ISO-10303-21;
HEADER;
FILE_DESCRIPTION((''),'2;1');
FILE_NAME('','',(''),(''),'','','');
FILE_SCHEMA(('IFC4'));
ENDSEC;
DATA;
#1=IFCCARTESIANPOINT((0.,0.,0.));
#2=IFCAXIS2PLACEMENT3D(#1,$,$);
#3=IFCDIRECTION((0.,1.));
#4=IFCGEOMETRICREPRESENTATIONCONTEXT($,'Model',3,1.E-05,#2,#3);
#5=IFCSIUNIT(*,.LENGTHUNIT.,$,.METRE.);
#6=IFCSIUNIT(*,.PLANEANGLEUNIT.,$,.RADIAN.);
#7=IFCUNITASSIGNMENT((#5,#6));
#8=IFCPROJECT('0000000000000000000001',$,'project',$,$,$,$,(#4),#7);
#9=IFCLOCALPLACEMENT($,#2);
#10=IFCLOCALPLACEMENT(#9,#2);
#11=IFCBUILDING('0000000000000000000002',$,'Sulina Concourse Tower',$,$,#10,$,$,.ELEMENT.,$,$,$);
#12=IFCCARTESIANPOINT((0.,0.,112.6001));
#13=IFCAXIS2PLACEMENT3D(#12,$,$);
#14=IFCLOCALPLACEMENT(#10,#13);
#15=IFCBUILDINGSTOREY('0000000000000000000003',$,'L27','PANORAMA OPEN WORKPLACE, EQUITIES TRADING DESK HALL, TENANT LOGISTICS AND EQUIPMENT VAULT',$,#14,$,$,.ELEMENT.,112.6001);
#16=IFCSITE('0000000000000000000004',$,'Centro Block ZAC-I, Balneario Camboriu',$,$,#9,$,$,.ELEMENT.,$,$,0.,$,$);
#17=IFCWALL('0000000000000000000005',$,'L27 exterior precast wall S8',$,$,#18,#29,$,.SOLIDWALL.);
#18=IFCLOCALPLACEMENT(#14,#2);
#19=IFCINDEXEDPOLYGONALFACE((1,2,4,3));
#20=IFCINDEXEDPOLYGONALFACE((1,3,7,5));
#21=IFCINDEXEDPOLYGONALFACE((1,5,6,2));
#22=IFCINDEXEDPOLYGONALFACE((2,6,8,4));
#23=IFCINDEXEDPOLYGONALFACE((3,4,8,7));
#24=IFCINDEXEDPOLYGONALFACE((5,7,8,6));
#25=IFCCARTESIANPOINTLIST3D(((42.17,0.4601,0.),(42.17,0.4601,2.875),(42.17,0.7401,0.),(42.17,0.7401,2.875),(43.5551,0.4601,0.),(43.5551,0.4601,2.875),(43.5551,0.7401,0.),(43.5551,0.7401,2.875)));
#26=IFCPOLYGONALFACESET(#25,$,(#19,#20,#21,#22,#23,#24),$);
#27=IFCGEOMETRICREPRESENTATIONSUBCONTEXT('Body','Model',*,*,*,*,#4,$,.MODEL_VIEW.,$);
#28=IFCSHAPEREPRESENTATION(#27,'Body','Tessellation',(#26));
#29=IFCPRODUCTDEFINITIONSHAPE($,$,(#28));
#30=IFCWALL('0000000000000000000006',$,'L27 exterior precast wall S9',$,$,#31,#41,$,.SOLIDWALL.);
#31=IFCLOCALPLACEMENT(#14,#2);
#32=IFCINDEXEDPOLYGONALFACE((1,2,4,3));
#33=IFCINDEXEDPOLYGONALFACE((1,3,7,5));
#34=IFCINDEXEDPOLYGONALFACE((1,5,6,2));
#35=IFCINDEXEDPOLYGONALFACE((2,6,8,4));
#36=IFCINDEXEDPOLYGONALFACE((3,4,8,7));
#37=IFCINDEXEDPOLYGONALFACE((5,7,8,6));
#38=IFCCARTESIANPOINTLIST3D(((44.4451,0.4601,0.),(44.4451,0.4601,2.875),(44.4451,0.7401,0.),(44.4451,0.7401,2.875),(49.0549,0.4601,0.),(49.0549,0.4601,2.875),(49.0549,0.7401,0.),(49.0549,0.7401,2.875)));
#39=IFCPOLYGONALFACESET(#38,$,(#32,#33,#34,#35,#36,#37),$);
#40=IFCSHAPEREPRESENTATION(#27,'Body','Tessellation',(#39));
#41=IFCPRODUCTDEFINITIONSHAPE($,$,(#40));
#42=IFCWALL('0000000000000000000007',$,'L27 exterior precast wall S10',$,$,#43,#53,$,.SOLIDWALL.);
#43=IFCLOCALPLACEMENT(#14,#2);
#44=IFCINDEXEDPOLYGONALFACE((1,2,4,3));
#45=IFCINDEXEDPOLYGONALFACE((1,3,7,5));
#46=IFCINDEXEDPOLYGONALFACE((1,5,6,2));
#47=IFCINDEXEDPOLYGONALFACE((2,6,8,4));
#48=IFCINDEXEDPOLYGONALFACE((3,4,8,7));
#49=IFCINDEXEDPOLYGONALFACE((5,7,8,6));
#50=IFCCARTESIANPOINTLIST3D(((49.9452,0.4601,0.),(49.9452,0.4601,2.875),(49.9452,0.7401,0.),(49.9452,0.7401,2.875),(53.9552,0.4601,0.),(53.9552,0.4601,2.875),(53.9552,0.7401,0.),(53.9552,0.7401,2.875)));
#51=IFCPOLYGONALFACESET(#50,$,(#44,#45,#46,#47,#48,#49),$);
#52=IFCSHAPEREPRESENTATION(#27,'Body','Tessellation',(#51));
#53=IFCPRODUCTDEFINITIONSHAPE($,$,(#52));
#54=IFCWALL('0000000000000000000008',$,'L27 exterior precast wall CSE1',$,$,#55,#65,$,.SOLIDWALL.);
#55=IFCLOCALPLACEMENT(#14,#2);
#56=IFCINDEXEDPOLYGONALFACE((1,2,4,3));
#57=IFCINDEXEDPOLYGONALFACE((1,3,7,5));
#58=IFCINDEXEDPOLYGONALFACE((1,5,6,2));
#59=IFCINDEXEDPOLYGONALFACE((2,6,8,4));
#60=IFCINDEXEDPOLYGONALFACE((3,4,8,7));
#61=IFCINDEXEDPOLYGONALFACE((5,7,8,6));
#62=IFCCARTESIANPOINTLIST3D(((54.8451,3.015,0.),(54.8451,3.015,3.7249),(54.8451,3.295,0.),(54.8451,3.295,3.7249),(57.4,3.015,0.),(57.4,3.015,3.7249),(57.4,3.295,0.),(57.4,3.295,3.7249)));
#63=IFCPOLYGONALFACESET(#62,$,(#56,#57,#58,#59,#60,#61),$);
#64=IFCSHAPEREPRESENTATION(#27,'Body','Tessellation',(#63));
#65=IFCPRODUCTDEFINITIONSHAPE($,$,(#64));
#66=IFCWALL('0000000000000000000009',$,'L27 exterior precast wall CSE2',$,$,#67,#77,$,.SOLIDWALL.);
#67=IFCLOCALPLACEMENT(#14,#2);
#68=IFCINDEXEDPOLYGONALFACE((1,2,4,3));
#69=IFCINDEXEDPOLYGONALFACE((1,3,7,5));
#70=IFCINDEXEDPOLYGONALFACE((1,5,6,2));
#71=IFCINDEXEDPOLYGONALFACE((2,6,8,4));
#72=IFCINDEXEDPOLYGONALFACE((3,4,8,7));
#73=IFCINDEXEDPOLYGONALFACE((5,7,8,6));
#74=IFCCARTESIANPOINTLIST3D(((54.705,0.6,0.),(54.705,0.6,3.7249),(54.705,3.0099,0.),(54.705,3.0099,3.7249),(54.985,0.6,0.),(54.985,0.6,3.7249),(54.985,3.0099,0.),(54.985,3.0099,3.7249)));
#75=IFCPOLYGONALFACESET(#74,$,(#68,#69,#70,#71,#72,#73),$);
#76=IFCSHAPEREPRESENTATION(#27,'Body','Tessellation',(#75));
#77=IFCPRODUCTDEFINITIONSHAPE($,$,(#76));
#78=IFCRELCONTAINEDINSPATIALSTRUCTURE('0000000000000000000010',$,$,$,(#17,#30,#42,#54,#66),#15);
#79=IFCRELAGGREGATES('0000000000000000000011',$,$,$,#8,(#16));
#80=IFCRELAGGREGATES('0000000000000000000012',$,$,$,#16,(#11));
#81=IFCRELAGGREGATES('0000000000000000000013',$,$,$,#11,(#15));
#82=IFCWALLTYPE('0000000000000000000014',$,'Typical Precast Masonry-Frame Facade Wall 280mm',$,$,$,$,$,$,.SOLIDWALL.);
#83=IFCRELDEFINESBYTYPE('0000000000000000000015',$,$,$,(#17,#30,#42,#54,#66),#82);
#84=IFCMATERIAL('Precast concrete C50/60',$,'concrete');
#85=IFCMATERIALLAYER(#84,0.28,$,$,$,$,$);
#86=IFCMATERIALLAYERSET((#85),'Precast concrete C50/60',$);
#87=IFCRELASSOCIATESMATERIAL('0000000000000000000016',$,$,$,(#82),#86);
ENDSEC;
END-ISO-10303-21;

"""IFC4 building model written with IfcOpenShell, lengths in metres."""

from ifc_helpers import new_model, si_unit, direction, frame, frame_2d, origin, place, context, subcontext, project, spatial, rectangle, extrude, material, layer, layer_set, type_object, element, save


model = new_model("IFC4")

# Units and contexts
model_context = context("Model", 3, precision=1e-05, world=origin(), true_north=direction((0.0, 1.0)))
body_context = subcontext(model_context, "Body", "Model", "MODEL_VIEW")
ifc_project = project(units=[si_unit("LENGTHUNIT", "METRE"), si_unit("PLANEANGLEUNIT", "RADIAN")], contexts=[model_context])

# Site, building, storey
site_placement = place(None, origin())
site = spatial("IfcSite", under=ifc_project, at=site_placement, Name="Centro Block ZAC-I, Balneario Camboriu", CompositionType="ELEMENT", RefElevation=0.0)
building_placement = place(site_placement, origin())
building = spatial("IfcBuilding", under=site, at=building_placement, Name="Sulina Concourse Tower", CompositionType="ELEMENT")
storey_placement = place(building_placement, frame((0.0, 0.0, 112.6001)))
storey = spatial("IfcBuildingStorey", under=building, at=storey_placement, Name="L27", Description="PANORAMA OPEN WORKPLACE, EQUITIES TRADING DESK HALL, TENANT LOGISTICS AND EQUIPMENT VAULT", CompositionType="ELEMENT", Elevation=112.6001)

# Walls
ifc_material_1 = material(Name="Precast concrete C50/60", Category="concrete")
ifc_layer_1 = layer(ifc_material_1, 0.28)
ifc_layer_set_1 = layer_set([ifc_layer_1], Name="Precast concrete C50/60")
wall_type_1 = type_object("IfcWallType", Name="Typical Precast Masonry-Frame Facade Wall 280mm", PredefinedType="SOLIDWALL", material=ifc_layer_set_1)
wall_1_placement = place(storey_placement, frame((43.5549, 0.6001, 0.0), z_axis=(0.0, 0.0, 1.0), x_axis=(-1.0, 0.0, 0.0)))
element("IfcWall", 1, at=wall_1_placement, inside=storey, type_object=wall_type_1, Name="L27 exterior precast wall S8", PredefinedType="SOLIDWALL", context=body_context, shape_type="SweptSolid", body=[
    extrude(rectangle(XDim=1.385, YDim=0.28, at=frame_2d((0.6924, 0.0))), origin(), (0.0, 0.0, 1.0), 2.875),
])
wall_2_placement = place(storey_placement, frame((49.0549, 0.6001, 0.0), z_axis=(0.0, 0.0, 1.0), x_axis=(-1.0, 0.0, 0.0)))
element("IfcWall", 2, at=wall_2_placement, inside=storey, type_object=wall_type_1, Name="L27 exterior precast wall S9", PredefinedType="SOLIDWALL", context=body_context, shape_type="SweptSolid", body=[
    extrude(rectangle(XDim=4.6099, YDim=0.28, at=frame_2d((2.3049, 0.0))), origin(), (0.0, 0.0, 1.0), 2.875),
])
wall_3_placement = place(storey_placement, frame((53.9551, 0.6001, 0.0), z_axis=(0.0, 0.0, 1.0), x_axis=(-1.0, 0.0, 0.0)))
element("IfcWall", 3, at=wall_3_placement, inside=storey, type_object=wall_type_1, Name="L27 exterior precast wall S10", PredefinedType="SOLIDWALL", context=body_context, shape_type="SweptSolid", body=[
    extrude(rectangle(XDim=4.01, YDim=0.28, at=frame_2d((2.0049, 0.0))), origin(), (0.0, 0.0, 1.0), 2.875),
])
wall_4_placement = place(storey_placement, frame((57.3999, 3.155, 0.0), z_axis=(0.0, 0.0, 1.0), x_axis=(-1.0, 0.0, 0.0)))
element("IfcWall", 4, at=wall_4_placement, inside=storey, type_object=wall_type_1, Name="L27 exterior precast wall CSE1", PredefinedType="SOLIDWALL", context=body_context, shape_type="SweptSolid", body=[
    extrude(rectangle(XDim=2.5549, YDim=0.28, at=frame_2d((1.2773, 0.0))), origin(), (0.0, 0.0, 1.0), 3.7249),
])
wall_5_placement = place(storey_placement, frame((54.845, 3.01, 0.0), z_axis=(0.0, 0.0, 1.0), x_axis=(0.0, -1.0, 0.0)))
element("IfcWall", 5, at=wall_5_placement, inside=storey, type_object=wall_type_1, Name="L27 exterior precast wall CSE2", PredefinedType="SOLIDWALL", context=body_context, shape_type="SweptSolid", body=[
    extrude(rectangle(XDim=2.4099, YDim=0.28, at=frame_2d((1.2051, 0.0))), origin(), (0.0, 0.0, 1.0), 3.7249),
])

save(model, "model.ifc")
